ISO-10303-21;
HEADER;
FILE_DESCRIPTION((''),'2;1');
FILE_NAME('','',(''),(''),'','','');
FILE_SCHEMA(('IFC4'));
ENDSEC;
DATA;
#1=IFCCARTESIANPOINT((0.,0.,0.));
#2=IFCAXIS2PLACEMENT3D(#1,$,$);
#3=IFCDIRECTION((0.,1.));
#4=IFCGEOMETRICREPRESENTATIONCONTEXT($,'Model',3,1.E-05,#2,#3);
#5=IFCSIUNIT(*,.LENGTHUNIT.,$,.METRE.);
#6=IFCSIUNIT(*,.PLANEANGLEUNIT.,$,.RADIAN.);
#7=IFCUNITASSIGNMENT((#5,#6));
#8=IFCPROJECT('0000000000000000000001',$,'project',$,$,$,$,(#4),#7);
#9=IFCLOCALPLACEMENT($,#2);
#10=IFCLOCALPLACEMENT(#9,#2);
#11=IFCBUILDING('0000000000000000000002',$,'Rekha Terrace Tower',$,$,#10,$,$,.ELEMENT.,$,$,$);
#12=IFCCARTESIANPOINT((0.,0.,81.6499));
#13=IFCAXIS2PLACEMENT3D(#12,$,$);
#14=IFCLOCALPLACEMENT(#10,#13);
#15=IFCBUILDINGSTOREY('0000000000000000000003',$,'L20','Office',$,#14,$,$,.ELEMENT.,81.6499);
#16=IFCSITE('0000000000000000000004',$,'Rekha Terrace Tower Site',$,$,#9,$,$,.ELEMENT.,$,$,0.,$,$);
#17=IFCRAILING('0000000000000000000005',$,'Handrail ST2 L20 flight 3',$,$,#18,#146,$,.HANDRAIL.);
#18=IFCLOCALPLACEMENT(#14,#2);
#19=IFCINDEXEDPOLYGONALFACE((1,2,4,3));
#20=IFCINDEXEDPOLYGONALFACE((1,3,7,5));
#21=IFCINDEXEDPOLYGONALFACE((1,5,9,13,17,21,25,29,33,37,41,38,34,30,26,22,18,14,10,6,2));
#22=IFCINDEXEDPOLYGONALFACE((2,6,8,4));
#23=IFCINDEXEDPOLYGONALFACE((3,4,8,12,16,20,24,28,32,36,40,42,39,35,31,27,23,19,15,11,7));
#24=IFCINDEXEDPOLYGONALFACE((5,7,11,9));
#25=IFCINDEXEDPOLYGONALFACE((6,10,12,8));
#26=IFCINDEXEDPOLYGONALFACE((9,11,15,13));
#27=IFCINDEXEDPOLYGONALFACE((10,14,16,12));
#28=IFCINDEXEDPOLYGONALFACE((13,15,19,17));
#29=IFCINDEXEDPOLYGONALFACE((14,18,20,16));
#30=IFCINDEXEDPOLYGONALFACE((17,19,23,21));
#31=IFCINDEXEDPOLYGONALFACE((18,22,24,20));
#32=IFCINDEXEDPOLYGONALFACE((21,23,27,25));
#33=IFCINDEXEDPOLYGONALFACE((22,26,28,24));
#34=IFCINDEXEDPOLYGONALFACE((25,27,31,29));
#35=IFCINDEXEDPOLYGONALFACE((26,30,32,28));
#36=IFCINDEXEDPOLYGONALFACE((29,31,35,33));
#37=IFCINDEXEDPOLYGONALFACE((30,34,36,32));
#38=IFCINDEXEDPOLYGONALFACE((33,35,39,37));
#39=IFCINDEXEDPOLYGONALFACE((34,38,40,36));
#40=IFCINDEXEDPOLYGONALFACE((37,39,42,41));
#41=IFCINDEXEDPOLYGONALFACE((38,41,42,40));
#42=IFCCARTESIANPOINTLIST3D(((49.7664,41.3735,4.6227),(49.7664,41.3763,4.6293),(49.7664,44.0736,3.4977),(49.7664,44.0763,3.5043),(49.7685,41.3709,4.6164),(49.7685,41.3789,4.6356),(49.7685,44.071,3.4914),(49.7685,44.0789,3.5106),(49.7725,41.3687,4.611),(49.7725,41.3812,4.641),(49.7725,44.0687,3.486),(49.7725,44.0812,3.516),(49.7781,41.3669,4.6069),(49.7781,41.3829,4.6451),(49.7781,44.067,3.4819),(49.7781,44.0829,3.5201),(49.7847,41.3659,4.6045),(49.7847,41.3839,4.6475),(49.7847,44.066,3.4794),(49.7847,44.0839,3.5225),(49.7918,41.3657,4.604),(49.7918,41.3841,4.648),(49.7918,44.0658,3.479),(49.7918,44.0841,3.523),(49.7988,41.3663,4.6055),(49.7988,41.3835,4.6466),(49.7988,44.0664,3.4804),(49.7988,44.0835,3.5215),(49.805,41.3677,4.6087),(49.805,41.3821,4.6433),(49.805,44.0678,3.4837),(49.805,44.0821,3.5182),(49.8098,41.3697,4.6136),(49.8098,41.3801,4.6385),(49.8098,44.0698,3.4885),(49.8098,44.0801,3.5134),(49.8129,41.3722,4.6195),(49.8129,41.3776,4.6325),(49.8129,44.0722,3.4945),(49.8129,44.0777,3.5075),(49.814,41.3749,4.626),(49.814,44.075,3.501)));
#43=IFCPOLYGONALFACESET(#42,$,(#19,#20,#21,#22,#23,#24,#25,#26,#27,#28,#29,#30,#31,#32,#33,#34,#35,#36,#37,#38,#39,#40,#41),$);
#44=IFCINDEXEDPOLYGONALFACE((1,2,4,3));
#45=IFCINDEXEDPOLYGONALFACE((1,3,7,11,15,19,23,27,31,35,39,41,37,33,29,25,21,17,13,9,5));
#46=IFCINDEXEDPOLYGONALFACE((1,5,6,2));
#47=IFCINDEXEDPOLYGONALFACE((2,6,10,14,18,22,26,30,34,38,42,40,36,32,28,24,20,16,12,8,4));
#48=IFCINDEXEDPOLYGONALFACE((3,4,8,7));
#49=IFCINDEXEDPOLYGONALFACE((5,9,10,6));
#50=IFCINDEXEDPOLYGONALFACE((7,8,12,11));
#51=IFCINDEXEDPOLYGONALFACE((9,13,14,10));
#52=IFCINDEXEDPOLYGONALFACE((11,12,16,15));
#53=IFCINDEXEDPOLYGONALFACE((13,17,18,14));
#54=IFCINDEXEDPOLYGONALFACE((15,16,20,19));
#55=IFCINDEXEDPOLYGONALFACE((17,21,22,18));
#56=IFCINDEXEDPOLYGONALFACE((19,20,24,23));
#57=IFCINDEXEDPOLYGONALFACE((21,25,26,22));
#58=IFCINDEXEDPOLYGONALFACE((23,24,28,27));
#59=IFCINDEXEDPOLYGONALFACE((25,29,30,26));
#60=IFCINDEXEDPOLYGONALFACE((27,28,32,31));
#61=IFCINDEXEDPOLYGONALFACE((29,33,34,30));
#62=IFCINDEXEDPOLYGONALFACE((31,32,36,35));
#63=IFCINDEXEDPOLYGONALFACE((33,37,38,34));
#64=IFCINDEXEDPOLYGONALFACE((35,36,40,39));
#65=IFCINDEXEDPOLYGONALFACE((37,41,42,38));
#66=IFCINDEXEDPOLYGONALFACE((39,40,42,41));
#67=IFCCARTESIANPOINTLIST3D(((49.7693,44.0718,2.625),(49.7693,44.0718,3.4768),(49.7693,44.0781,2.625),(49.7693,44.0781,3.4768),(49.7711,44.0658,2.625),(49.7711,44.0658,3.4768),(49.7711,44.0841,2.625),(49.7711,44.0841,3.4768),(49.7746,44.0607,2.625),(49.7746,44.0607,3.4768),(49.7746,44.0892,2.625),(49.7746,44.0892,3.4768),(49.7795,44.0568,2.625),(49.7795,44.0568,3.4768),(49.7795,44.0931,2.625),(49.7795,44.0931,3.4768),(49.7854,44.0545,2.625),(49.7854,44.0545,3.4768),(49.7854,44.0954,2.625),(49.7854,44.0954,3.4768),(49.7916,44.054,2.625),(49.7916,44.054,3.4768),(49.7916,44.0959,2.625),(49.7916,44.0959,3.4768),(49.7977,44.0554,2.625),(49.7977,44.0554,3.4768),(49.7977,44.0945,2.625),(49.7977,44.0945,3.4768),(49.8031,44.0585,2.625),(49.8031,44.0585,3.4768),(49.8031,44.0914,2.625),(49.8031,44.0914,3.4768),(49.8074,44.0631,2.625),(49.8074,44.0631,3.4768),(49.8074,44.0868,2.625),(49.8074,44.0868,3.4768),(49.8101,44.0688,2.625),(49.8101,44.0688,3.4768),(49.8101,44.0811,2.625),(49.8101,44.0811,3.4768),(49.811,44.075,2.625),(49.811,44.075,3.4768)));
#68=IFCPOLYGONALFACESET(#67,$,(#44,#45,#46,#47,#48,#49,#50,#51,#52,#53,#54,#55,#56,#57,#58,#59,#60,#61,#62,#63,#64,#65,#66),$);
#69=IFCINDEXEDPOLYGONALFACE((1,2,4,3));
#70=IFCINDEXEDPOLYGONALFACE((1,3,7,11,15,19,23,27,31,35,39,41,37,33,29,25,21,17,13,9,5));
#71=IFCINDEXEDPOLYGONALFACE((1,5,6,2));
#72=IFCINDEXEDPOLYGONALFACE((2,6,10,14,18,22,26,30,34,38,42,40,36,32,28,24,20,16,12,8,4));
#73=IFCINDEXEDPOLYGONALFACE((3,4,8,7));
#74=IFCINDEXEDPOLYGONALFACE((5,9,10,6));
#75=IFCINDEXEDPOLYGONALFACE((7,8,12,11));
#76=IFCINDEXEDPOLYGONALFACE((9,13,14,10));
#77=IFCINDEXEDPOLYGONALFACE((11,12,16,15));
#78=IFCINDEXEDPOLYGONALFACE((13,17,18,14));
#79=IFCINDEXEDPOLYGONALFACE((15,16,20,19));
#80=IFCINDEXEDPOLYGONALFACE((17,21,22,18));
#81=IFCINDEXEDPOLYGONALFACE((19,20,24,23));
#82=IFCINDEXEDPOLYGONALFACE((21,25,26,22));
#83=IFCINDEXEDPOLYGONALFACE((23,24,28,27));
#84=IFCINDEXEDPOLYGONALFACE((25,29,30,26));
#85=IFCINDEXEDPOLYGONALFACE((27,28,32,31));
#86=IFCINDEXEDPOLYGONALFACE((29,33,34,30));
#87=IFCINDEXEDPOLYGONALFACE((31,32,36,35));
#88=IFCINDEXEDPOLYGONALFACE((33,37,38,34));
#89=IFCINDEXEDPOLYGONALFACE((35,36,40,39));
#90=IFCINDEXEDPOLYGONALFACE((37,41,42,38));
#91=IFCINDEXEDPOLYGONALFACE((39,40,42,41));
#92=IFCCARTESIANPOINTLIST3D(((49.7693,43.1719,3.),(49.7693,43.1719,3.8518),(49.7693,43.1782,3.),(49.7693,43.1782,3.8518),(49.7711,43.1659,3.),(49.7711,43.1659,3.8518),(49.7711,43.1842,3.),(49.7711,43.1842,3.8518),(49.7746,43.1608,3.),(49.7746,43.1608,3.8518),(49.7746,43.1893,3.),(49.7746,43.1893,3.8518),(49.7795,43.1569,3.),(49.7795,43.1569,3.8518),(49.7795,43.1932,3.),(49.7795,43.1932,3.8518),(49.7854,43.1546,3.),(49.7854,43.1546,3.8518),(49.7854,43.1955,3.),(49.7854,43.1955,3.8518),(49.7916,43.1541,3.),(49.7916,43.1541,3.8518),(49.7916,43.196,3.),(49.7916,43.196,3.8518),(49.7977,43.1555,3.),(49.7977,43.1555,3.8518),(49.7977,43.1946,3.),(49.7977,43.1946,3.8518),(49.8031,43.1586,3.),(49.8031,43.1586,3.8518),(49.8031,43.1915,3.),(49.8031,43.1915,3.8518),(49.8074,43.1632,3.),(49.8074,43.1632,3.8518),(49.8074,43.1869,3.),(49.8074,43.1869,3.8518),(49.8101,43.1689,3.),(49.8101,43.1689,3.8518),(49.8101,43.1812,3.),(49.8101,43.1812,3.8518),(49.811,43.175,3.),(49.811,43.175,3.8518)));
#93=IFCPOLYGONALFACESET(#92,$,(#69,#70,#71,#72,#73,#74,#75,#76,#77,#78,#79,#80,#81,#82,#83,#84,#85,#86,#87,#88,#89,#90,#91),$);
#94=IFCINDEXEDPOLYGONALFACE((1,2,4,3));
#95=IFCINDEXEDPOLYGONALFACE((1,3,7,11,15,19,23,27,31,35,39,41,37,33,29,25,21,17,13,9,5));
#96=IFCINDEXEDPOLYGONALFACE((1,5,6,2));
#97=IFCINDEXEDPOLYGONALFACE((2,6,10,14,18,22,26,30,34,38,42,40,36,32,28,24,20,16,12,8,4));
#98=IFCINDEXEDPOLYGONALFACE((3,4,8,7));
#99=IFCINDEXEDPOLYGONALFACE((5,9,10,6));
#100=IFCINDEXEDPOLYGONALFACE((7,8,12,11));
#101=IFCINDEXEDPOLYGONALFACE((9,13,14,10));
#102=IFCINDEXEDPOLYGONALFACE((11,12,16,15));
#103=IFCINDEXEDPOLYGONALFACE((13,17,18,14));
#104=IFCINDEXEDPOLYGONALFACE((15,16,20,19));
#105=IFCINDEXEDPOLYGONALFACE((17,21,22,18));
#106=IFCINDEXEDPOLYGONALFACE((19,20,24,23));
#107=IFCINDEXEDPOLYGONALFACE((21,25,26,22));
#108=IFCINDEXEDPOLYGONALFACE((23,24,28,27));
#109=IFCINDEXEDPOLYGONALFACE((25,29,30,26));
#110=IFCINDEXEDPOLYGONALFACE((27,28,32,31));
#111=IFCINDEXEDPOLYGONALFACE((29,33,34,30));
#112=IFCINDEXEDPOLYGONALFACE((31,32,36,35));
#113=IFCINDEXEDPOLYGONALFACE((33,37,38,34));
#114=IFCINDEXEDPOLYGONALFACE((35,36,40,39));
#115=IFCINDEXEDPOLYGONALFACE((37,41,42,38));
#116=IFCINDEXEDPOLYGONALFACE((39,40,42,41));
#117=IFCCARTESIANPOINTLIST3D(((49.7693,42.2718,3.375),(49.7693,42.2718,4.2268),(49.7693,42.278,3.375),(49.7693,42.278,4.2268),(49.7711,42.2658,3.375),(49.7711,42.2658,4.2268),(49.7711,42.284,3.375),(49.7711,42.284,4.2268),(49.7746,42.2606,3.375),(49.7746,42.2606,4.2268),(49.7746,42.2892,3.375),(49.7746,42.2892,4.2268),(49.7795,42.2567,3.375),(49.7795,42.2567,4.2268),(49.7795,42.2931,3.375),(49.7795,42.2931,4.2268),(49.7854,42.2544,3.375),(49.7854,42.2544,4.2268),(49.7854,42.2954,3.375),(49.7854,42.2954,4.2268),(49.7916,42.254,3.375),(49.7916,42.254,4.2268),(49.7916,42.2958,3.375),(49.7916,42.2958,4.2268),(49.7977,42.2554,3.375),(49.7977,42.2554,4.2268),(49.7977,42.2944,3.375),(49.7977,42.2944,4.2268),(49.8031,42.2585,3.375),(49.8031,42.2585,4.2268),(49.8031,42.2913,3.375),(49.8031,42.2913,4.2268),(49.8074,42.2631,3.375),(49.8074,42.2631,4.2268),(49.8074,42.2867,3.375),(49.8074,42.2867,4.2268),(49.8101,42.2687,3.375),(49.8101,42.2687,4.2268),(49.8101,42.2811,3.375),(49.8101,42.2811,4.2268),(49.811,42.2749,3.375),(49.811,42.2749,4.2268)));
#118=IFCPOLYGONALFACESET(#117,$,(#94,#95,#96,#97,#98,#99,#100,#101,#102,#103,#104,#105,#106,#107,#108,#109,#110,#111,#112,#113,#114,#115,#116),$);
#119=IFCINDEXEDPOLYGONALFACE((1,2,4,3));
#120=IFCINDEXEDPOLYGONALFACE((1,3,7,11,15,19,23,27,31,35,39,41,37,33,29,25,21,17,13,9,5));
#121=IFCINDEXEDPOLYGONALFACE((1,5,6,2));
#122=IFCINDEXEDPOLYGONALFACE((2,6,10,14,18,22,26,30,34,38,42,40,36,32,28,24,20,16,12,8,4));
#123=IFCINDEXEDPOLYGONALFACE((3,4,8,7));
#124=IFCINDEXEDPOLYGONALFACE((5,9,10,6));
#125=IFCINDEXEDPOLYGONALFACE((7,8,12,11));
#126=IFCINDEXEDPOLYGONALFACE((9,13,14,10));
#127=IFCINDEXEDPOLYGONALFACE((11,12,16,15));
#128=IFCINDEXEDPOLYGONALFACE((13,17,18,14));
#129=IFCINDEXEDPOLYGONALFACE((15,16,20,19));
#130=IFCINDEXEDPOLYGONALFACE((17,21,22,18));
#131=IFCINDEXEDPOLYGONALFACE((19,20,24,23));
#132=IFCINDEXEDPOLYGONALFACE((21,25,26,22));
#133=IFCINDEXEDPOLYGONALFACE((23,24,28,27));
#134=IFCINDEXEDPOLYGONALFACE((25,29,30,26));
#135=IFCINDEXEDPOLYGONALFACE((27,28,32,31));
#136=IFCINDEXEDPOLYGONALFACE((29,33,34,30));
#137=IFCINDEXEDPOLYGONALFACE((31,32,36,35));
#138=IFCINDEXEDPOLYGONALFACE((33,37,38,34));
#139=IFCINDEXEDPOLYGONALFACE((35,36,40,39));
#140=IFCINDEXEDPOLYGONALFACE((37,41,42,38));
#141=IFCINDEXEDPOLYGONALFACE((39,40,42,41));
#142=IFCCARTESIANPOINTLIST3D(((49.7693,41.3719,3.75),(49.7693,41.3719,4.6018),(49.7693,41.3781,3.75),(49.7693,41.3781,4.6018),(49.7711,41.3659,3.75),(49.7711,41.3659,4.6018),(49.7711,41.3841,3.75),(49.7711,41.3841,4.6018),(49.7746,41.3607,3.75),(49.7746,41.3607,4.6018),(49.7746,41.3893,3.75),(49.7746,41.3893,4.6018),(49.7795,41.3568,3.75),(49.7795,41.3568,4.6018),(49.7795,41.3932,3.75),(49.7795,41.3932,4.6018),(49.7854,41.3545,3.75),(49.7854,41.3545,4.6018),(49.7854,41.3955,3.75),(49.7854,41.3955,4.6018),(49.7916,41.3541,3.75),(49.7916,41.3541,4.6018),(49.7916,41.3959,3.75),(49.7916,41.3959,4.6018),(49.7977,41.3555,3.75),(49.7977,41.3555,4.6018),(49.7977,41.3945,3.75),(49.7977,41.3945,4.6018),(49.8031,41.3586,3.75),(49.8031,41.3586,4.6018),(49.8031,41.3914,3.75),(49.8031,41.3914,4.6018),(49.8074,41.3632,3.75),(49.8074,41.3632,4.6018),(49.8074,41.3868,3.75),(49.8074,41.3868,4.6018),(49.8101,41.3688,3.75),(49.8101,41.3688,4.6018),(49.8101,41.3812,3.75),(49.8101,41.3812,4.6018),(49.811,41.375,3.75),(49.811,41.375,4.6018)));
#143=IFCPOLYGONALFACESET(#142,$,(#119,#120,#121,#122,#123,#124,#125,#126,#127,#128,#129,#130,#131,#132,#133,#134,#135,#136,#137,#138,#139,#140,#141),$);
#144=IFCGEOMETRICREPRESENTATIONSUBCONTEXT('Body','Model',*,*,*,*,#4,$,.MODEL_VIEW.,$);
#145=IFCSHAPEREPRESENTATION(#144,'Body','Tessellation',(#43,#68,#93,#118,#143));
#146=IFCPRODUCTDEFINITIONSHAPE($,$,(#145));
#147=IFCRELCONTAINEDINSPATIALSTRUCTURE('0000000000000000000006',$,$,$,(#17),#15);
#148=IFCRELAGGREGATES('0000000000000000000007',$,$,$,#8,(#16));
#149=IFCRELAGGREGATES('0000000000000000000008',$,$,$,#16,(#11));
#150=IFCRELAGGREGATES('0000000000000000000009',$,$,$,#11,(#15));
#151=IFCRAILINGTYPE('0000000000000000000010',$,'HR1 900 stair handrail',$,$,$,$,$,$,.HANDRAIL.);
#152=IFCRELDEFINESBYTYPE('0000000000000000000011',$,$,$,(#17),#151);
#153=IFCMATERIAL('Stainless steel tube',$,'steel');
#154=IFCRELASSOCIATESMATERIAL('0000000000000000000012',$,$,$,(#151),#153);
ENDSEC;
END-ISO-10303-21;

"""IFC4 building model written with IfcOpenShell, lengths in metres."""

from ifc_helpers import new_model, si_unit, direction, frame, origin, origin_2d, place, context, subcontext, project, spatial, circle, extrude, material, type_object, element, save


model = new_model("IFC4")

# Units and contexts
model_context = context("Model", 3, precision=1e-05, world=origin(), true_north=direction((0.0, 1.0)))
body_context = subcontext(model_context, "Body", "Model", "MODEL_VIEW")
ifc_project = project(units=[si_unit("LENGTHUNIT", "METRE"), si_unit("PLANEANGLEUNIT", "RADIAN")], contexts=[model_context])

# Site, building, storey
site_placement = place(None, origin())
site = spatial("IfcSite", under=ifc_project, at=site_placement, Name="Rekha Terrace Tower Site", CompositionType="ELEMENT", RefElevation=0.0)
building_placement = place(site_placement, origin())
building = spatial("IfcBuilding", under=site, at=building_placement, Name="Rekha Terrace Tower", CompositionType="ELEMENT")
storey_placement = place(building_placement, frame((0.0, 0.0, 81.6499)))
storey = spatial("IfcBuildingStorey", under=building, at=storey_placement, Name="L20", Description="Office", CompositionType="ELEMENT", Elevation=81.6499)

# Railing
ifc_material_1 = material(Name="Stainless steel tube", Category="steel")
railing_type_1 = type_object("IfcRailingType", Name="HR1 900 stair handrail", PredefinedType="HANDRAIL", material=ifc_material_1)
railing_1_placement = place(storey_placement, frame((49.79, 44.075, 2.625)))
element("IfcRailing", 1, at=railing_1_placement, inside=storey, type_object=railing_type_1, Name="Handrail ST2 L20 flight 3", PredefinedType="HANDRAIL", context=body_context, shape_type="SweptSolid", body=[
    extrude(circle(Radius=0.0239, at=origin_2d()), frame((0.0, 0.0, 0.876), z_axis=(0.0, -0.923074, 0.384621), x_axis=(1.0, 0.0, 0.0)), (0.0, 0.0, 1.0), 2.925),
    extrude(circle(Radius=0.021, at=origin_2d()), origin(), (0.0, 0.0, 1.0), 0.8518),
    extrude(circle(Radius=0.021, at=origin_2d()), frame((0.0, -0.8999, 0.375)), (0.0, 0.0, 1.0), 0.8518),
    extrude(circle(Radius=0.021, at=origin_2d()), frame((0.0, -1.8, 0.75)), (0.0, 0.0, 1.0), 0.8518),
    extrude(circle(Radius=0.021, at=origin_2d()), frame((0.0, -2.7, 1.125)), (0.0, 0.0, 1.0), 0.8518),
])

save(model, "model.ifc")
